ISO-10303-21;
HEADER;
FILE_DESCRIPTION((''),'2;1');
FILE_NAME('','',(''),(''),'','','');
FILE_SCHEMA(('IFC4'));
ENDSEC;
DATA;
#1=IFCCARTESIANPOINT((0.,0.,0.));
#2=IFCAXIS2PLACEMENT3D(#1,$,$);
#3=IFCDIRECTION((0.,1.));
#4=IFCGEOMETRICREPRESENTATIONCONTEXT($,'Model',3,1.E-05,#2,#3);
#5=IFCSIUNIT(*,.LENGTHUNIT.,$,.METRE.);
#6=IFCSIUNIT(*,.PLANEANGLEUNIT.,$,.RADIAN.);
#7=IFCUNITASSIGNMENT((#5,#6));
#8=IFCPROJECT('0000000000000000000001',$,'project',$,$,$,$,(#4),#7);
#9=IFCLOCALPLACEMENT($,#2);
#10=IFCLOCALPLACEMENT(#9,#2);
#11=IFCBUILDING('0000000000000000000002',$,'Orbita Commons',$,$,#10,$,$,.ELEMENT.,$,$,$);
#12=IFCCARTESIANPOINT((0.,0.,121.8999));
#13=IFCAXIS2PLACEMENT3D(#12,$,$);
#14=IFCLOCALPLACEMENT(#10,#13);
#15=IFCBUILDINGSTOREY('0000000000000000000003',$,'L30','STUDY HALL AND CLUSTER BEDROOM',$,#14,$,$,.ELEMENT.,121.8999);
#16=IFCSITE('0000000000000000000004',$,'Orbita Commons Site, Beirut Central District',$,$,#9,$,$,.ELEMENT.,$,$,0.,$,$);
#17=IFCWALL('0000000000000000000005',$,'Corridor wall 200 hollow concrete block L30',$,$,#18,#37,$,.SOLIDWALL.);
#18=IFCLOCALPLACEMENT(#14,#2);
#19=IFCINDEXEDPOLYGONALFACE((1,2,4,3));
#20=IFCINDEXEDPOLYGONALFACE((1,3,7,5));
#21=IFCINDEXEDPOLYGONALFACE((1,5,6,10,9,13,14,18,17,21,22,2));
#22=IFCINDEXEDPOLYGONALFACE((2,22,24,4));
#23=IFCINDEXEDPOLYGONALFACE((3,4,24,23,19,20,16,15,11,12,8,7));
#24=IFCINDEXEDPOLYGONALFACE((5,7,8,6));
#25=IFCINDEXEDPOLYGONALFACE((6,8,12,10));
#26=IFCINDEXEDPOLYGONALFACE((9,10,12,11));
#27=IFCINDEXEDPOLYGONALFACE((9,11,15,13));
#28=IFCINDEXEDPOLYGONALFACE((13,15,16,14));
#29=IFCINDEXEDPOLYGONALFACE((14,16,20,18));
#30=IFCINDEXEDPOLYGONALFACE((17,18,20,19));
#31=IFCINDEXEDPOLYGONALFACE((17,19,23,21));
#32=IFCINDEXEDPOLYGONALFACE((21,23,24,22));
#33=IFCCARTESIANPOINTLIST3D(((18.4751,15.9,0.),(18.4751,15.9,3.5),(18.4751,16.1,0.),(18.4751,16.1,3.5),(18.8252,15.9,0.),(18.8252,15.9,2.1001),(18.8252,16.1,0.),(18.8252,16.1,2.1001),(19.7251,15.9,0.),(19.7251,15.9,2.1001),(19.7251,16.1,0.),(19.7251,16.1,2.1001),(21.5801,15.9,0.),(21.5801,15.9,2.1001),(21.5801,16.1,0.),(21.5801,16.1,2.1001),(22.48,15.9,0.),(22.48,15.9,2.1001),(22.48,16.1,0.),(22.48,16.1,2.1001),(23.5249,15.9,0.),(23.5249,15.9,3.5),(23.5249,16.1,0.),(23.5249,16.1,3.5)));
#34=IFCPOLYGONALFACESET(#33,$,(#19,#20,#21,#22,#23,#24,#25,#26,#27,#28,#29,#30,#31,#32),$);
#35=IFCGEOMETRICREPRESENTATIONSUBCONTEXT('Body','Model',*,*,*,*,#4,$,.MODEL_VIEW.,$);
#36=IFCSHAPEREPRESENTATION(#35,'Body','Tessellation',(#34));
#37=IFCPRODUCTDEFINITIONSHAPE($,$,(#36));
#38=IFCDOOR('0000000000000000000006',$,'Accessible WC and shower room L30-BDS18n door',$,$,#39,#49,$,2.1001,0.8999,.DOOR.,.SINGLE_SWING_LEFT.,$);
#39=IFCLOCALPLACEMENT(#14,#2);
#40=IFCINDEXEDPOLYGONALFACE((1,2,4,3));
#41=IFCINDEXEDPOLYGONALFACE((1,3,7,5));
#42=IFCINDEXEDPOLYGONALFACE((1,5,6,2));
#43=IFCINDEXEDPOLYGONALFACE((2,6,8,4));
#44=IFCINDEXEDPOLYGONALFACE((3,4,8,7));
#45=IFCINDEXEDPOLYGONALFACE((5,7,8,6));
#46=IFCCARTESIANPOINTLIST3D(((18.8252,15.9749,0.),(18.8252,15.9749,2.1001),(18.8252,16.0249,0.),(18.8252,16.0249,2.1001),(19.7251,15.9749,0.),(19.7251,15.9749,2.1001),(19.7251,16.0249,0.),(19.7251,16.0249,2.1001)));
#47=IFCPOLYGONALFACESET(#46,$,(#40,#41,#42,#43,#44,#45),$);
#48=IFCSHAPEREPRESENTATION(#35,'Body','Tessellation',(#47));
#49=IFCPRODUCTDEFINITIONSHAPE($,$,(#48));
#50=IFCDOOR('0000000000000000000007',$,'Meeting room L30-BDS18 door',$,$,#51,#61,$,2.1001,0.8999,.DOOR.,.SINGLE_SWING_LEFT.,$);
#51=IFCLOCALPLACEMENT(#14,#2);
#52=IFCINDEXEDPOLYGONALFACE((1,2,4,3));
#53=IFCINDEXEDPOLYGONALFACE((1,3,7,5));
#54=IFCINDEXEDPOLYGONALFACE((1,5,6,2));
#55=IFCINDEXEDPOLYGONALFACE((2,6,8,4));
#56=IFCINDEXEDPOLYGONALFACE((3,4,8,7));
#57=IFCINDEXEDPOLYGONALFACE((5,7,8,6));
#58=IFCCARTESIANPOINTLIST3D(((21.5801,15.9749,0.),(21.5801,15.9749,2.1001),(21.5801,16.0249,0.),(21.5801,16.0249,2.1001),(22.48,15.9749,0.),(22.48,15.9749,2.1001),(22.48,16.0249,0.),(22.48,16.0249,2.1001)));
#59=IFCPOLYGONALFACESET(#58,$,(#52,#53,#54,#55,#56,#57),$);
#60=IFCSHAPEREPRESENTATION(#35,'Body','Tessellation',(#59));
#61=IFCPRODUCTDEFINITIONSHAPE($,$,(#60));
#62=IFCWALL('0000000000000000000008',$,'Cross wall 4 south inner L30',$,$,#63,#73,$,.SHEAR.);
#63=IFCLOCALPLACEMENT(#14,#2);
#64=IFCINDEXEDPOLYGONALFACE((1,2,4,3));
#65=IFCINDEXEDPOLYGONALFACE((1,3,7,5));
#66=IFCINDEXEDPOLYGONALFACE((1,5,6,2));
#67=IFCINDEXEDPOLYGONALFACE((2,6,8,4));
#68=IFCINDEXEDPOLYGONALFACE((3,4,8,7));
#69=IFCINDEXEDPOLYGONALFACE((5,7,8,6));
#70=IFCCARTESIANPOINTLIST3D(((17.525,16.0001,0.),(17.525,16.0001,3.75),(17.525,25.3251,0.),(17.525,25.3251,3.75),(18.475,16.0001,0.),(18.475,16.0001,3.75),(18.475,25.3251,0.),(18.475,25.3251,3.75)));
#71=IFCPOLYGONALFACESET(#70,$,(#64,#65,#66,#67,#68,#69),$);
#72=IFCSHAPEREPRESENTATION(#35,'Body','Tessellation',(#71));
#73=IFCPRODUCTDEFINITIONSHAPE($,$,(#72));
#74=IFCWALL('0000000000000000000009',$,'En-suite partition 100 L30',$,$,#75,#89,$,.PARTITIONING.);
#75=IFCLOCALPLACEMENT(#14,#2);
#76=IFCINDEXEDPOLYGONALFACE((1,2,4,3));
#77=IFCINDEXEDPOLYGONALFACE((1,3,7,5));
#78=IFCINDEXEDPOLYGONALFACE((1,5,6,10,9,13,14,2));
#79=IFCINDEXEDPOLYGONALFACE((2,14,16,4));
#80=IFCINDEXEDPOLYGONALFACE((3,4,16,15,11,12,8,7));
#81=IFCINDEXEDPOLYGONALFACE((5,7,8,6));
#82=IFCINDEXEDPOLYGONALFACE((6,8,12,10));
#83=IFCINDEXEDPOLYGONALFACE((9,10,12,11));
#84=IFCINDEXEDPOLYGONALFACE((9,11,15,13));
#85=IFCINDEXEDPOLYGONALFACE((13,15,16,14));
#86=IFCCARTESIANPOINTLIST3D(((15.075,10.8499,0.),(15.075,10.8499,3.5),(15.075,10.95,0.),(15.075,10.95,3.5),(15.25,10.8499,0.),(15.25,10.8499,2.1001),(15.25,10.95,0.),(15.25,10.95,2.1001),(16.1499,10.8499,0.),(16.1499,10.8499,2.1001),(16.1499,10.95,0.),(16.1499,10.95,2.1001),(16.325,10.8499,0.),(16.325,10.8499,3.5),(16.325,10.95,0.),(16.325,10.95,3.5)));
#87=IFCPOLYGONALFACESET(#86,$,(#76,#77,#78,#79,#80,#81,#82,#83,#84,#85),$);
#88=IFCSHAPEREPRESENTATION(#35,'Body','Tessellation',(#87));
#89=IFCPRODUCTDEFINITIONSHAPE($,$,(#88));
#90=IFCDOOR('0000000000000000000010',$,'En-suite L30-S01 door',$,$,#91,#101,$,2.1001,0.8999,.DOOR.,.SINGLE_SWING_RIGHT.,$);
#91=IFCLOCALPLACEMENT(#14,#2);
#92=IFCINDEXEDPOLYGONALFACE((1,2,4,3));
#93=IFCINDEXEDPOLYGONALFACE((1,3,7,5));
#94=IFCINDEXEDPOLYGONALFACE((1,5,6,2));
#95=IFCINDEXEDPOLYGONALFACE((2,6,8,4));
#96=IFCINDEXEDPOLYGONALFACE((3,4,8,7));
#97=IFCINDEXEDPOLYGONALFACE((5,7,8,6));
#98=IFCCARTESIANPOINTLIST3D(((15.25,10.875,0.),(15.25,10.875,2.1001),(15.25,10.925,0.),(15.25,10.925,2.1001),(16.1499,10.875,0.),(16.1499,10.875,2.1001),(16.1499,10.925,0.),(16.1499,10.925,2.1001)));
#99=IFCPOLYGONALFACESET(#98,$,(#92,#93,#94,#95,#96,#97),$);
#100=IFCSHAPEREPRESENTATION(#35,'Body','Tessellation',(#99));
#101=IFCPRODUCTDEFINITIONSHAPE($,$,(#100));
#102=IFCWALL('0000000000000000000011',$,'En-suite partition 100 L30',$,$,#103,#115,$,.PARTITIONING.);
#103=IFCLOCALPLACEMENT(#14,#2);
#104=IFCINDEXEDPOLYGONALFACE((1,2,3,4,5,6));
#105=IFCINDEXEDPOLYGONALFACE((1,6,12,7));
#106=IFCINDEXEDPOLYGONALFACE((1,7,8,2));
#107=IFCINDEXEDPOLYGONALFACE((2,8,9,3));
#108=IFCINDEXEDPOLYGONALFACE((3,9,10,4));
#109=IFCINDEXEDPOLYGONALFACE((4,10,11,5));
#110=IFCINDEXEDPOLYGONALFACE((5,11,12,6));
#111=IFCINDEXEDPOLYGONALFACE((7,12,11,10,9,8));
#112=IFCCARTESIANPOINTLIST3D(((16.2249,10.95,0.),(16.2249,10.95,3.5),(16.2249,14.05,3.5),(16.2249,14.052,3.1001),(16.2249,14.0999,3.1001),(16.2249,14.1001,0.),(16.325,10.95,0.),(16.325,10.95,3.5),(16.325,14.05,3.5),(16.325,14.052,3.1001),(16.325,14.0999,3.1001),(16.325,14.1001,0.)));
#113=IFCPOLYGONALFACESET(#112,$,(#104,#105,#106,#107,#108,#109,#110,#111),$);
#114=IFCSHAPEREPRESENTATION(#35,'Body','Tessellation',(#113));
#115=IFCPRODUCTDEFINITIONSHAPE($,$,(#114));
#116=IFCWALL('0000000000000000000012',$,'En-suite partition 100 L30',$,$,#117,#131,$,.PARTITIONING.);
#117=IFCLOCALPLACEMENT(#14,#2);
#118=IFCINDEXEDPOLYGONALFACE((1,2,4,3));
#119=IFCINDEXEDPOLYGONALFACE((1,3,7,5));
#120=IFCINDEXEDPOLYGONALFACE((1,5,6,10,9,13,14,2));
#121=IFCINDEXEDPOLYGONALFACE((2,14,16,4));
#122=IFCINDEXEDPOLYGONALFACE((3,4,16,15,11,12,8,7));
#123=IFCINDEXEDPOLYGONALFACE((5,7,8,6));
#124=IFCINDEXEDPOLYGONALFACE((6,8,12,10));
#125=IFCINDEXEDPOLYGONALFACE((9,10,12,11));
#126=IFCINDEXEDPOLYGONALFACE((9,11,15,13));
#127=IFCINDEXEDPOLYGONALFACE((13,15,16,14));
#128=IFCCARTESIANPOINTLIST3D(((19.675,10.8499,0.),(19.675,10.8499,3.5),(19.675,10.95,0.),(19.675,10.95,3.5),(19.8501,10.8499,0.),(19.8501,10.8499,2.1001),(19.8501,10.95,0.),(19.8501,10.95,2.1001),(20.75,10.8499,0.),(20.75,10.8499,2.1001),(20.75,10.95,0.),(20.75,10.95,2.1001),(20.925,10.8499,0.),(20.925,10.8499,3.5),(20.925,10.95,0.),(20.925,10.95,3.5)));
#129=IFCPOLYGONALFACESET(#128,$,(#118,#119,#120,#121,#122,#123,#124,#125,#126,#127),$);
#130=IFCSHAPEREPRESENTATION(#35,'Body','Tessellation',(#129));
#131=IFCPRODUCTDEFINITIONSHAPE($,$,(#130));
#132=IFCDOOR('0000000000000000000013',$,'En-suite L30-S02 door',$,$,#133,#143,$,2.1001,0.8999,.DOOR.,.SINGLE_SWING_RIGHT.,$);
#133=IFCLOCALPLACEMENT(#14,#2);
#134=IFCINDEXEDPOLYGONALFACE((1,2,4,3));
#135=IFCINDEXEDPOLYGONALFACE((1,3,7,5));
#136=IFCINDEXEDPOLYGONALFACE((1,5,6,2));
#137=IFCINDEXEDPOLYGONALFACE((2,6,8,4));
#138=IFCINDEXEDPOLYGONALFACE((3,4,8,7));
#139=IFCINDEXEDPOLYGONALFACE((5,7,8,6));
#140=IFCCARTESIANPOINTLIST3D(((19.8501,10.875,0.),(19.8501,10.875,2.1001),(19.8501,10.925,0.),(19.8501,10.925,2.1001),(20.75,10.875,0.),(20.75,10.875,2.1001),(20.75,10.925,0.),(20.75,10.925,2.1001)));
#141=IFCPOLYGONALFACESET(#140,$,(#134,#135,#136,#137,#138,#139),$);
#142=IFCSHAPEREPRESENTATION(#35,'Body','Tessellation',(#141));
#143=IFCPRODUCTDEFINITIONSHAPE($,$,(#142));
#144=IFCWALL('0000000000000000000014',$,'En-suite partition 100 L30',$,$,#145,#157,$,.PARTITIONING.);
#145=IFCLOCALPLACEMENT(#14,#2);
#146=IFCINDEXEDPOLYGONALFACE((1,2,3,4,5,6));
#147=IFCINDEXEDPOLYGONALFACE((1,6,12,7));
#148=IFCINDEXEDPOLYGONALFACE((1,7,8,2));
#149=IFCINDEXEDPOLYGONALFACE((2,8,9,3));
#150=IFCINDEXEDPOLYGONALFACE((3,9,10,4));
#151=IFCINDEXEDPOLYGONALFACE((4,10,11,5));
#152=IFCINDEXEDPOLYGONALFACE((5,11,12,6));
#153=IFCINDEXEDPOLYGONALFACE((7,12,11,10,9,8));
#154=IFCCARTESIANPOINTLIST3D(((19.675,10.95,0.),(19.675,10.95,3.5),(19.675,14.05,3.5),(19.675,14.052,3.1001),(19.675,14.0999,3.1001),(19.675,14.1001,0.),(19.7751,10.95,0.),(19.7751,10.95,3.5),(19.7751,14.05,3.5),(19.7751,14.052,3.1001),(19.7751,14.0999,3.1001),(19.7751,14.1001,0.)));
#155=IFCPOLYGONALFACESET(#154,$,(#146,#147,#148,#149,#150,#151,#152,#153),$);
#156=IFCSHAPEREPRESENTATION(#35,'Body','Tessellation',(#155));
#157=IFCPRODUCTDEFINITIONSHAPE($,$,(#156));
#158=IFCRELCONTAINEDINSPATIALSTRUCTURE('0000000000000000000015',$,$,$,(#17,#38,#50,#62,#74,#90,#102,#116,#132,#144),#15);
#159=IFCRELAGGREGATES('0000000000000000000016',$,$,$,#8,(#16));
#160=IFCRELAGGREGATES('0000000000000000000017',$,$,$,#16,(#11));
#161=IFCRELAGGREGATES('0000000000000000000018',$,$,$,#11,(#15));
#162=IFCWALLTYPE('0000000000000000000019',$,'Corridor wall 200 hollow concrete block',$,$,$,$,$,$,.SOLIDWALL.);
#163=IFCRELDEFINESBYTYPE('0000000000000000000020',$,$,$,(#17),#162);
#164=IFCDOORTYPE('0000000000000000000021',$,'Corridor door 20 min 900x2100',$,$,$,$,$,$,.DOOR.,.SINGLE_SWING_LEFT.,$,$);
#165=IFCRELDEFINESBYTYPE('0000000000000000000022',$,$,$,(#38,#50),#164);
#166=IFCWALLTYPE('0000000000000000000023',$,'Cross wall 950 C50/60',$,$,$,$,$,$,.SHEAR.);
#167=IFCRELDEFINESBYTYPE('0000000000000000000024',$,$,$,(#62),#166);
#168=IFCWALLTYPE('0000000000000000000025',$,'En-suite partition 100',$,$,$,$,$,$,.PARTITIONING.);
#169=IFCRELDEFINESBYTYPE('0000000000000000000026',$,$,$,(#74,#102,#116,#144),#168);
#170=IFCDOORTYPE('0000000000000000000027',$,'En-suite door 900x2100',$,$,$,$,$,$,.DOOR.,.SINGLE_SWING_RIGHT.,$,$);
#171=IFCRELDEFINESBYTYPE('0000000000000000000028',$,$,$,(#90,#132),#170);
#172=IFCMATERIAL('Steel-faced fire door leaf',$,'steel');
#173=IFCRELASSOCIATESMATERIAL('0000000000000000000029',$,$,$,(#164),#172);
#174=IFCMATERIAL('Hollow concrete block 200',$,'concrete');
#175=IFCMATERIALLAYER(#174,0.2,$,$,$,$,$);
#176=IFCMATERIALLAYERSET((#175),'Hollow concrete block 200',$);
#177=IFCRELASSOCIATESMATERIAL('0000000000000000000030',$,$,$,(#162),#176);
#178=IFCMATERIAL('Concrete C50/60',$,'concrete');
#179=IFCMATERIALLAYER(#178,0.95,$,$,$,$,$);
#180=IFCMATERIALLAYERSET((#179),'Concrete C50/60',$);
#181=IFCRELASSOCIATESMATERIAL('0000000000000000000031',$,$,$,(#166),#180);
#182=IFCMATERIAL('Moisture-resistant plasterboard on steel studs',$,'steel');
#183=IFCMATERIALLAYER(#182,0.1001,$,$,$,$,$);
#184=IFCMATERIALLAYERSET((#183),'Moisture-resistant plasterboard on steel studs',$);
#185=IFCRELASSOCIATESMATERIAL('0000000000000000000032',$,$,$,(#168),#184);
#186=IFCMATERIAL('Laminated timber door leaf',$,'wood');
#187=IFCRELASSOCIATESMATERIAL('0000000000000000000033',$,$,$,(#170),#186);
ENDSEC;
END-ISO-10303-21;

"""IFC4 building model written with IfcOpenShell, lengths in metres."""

from ifc_helpers import new_model, si_unit, direction, frame, frame_2d, origin, place, context, subcontext, project, spatial, polyline, rectangle, outline, extrude, material, layer, layer_set, type_object, element, fill, save


model = new_model("IFC4")

# Units and contexts
model_context = context("Model", 3, precision=1e-05, world=origin(), true_north=direction((0.0, 1.0)))
body_context = subcontext(model_context, "Body", "Model", "MODEL_VIEW")
ifc_project = project(units=[si_unit("LENGTHUNIT", "METRE"), si_unit("PLANEANGLEUNIT", "RADIAN")], contexts=[model_context])

# Site, building, storey
site_placement = place(None, origin())
site = spatial("IfcSite", under=ifc_project, at=site_placement, Name="Orbita Commons Site, Beirut Central District", CompositionType="ELEMENT", RefElevation=0.0)
building_placement = place(site_placement, origin())
building = spatial("IfcBuilding", under=site, at=building_placement, Name="Orbita Commons", CompositionType="ELEMENT")
storey_placement = place(building_placement, frame((0.0, 0.0, 121.8999)))
storey = spatial("IfcBuildingStorey", under=building, at=storey_placement, Name="L30", Description="STUDY HALL AND CLUSTER BEDROOM", CompositionType="ELEMENT", Elevation=121.8999)

# Wall, openings, doors
ifc_material_1 = material(Name="Steel-faced fire door leaf", Category="steel")
door_type_1 = type_object("IfcDoorType", Name="Corridor door 20 min 900x2100", OperationType="SINGLE_SWING_LEFT", PredefinedType="DOOR", material=ifc_material_1)
ifc_material_2 = material(Name="Hollow concrete block 200", Category="concrete")
ifc_layer_1 = layer(ifc_material_2, 0.2)
ifc_layer_set_1 = layer_set([ifc_layer_1], Name="Hollow concrete block 200")
wall_type_1 = type_object("IfcWallType", Name="Corridor wall 200 hollow concrete block", PredefinedType="SOLIDWALL", material=ifc_layer_set_1)
wall_1_placement = place(storey_placement, frame((18.4751, 16.0, 0.0), z_axis=(0.0, 0.0, 1.0), x_axis=(1.0, 0.0, 0.0)))
wall_1 = element("IfcWall", 1, at=wall_1_placement, inside=storey, type_object=wall_type_1, Name="Corridor wall 200 hollow concrete block L30", PredefinedType="SOLIDWALL", context=body_context, shape_type="SweptSolid", body=[
    extrude(rectangle(XDim=5.0498, YDim=0.2, at=frame_2d((2.5249, 0.0))), origin(), (0.0, 0.0, 1.0), 3.5),
])
opening_1_placement = place(wall_1_placement, frame((0.3501, 0.0, 0.0)))
opening_1 = element("IfcOpeningElement", 2, at=opening_1_placement, cuts=wall_1, PredefinedType="OPENING", context=body_context, shape_type="SweptSolid", body=[
    extrude(rectangle(XDim=0.8999, YDim=2.1001, at=frame_2d((0.45, 1.05))), frame((0.0, 0.1099, 0.0), z_axis=(0.0, -1.0, 0.0), x_axis=(1.0, 0.0, 0.0)), (0.0, 0.0, 1.0), 0.22),
])
opening_2_placement = place(wall_1_placement, frame((3.105, 0.0, 0.0)))
opening_2 = element("IfcOpeningElement", 3, at=opening_2_placement, cuts=wall_1, PredefinedType="OPENING", context=body_context, shape_type="SweptSolid", body=[
    extrude(rectangle(XDim=0.8999, YDim=2.1001, at=frame_2d((0.45, 1.05))), frame((0.0, 0.1099, 0.0), z_axis=(0.0, -1.0, 0.0), x_axis=(1.0, 0.0, 0.0)), (0.0, 0.0, 1.0), 0.22),
])
door_1_placement = place(opening_1_placement, origin())
door_1 = element("IfcDoor", 4, at=door_1_placement, inside=storey, type_object=door_type_1, Name="Accessible WC and shower room L30-BDS18n door", OperationType="SINGLE_SWING_LEFT", OverallHeight=2.1001, OverallWidth=0.8999, PredefinedType="DOOR", context=body_context, shape_type="SweptSolid", body=[
    extrude(rectangle(XDim=0.8999, YDim=2.1001, at=frame_2d((0.45, 1.05))), frame((0.0, 0.0249, 0.0), z_axis=(0.0, -1.0, 0.0), x_axis=(1.0, 0.0, 0.0)), (0.0, 0.0, 1.0), 0.05),
])
fill(opening_1, door_1)
door_2_placement = place(opening_2_placement, origin())
door_2 = element("IfcDoor", 5, at=door_2_placement, inside=storey, type_object=door_type_1, Name="Meeting room L30-BDS18 door", OperationType="SINGLE_SWING_LEFT", OverallHeight=2.1001, OverallWidth=0.8999, PredefinedType="DOOR", context=body_context, shape_type="SweptSolid", body=[
    extrude(rectangle(XDim=0.8999, YDim=2.1001, at=frame_2d((0.45, 1.05))), frame((0.0, 0.0249, 0.0), z_axis=(0.0, -1.0, 0.0), x_axis=(1.0, 0.0, 0.0)), (0.0, 0.0, 1.0), 0.05),
])
fill(opening_2, door_2)

# Wall
ifc_material_3 = material(Name="Concrete C50/60", Category="concrete")
ifc_layer_2 = layer(ifc_material_3, 0.95)
ifc_layer_set_2 = layer_set([ifc_layer_2], Name="Concrete C50/60")
wall_type_2 = type_object("IfcWallType", Name="Cross wall 950 C50/60", PredefinedType="SHEAR", material=ifc_layer_set_2)
wall_2_placement = place(storey_placement, frame((18.0, 16.0, 0.0), z_axis=(0.0, 0.0, 1.0), x_axis=(0.0, 1.0, 0.0)))
element("IfcWall", 6, at=wall_2_placement, inside=storey, type_object=wall_type_2, Name="Cross wall 4 south inner L30", PredefinedType="SHEAR", context=body_context, shape_type="SweptSolid", body=[
    extrude(rectangle(XDim=9.325, YDim=0.95, at=frame_2d((4.6626, 0.0))), origin(), (0.0, 0.0, 1.0), 3.75),
])

# Wall, opening, door
ifc_material_4 = material(Name="Moisture-resistant plasterboard on steel studs", Category="steel")
ifc_layer_3 = layer(ifc_material_4, 0.1001)
ifc_layer_set_3 = layer_set([ifc_layer_3], Name="Moisture-resistant plasterboard on steel studs")
wall_type_3 = type_object("IfcWallType", Name="En-suite partition 100", PredefinedType="PARTITIONING", material=ifc_layer_set_3)
wall_3_placement = place(storey_placement, frame((16.325, 10.8999, 0.0), z_axis=(0.0, 0.0, 1.0), x_axis=(-1.0, 0.0, 0.0)))
wall_3 = element("IfcWall", 7, at=wall_3_placement, inside=storey, type_object=wall_type_3, Name="En-suite partition 100 L30", PredefinedType="PARTITIONING", context=body_context, shape_type="SweptSolid", body=[
    extrude(rectangle(XDim=1.25, YDim=0.1001, at=frame_2d((0.625, 0.0))), origin(), (0.0, 0.0, 1.0), 3.5),
])
opening_3_placement = place(wall_3_placement, frame((0.175, 0.0, 0.0)))
opening_3 = element("IfcOpeningElement", 8, at=opening_3_placement, cuts=wall_3, PredefinedType="OPENING", context=body_context, shape_type="SweptSolid", body=[
    extrude(rectangle(XDim=0.8999, YDim=2.1001, at=frame_2d((0.45, 1.05))), frame((0.0, 0.0601, 0.0), z_axis=(0.0, -1.0, 0.0), x_axis=(1.0, 0.0, 0.0)), (0.0, 0.0, 1.0), 0.1201),
])
ifc_material_5 = material(Name="Laminated timber door leaf", Category="wood")
door_type_2 = type_object("IfcDoorType", Name="En-suite door 900x2100", OperationType="SINGLE_SWING_RIGHT", PredefinedType="DOOR", material=ifc_material_5)
door_3_placement = place(opening_3_placement, origin())
door_3 = element("IfcDoor", 9, at=door_3_placement, inside=storey, type_object=door_type_2, Name="En-suite L30-S01 door", OperationType="SINGLE_SWING_RIGHT", OverallHeight=2.1001, OverallWidth=0.8999, PredefinedType="DOOR", context=body_context, shape_type="SweptSolid", body=[
    extrude(rectangle(XDim=0.8999, YDim=2.1001, at=frame_2d((0.45, 1.05))), frame((0.0, 0.0249, 0.0), z_axis=(0.0, -1.0, 0.0), x_axis=(1.0, 0.0, 0.0)), (0.0, 0.0, 1.0), 0.05),
])
fill(opening_3, door_3)

# Wall
wall_4_placement = place(storey_placement, frame((16.2749, 10.95, 0.0), z_axis=(0.0, 0.0, 1.0), x_axis=(0.0, 1.0, 0.0)))
element("IfcWall", 10, at=wall_4_placement, inside=storey, type_object=wall_type_3, Name="En-suite partition 100 L30", PredefinedType="PARTITIONING", context=body_context, shape_type="SweptSolid", body=[
    extrude(outline(polyline([(0.0, 0.0), (3.1501, 0.0), (3.1499, 3.1001), (3.1021, 3.1001), (3.1001, 3.5), (0.0, 3.5), (0.0, 0.0)])), frame((0.0, 0.05, 0.0), z_axis=(0.0, -1.0, 0.0), x_axis=(1.0, 0.0, 0.0)), (0.0, 0.0, 1.0), 0.1001),
])

# Wall, opening, door
wall_5_placement = place(storey_placement, frame((20.925, 10.8999, 0.0), z_axis=(0.0, 0.0, 1.0), x_axis=(-1.0, 0.0, 0.0)))
wall_5 = element("IfcWall", 11, at=wall_5_placement, inside=storey, type_object=wall_type_3, Name="En-suite partition 100 L30", PredefinedType="PARTITIONING", context=body_context, shape_type="SweptSolid", body=[
    extrude(rectangle(XDim=1.25, YDim=0.1001, at=frame_2d((0.625, 0.0))), origin(), (0.0, 0.0, 1.0), 3.5),
])
opening_4_placement = place(wall_5_placement, frame((0.175, 0.0, 0.0)))
opening_4 = element("IfcOpeningElement", 12, at=opening_4_placement, cuts=wall_5, PredefinedType="OPENING", context=body_context, shape_type="SweptSolid", body=[
    extrude(rectangle(XDim=0.8999, YDim=2.1001, at=frame_2d((0.45, 1.05))), frame((0.0, 0.0601, 0.0), z_axis=(0.0, -1.0, 0.0), x_axis=(1.0, 0.0, 0.0)), (0.0, 0.0, 1.0), 0.1201),
])
door_4_placement = place(opening_4_placement, origin())
door_4 = element("IfcDoor", 13, at=door_4_placement, inside=storey, type_object=door_type_2, Name="En-suite L30-S02 door", OperationType="SINGLE_SWING_RIGHT", OverallHeight=2.1001, OverallWidth=0.8999, PredefinedType="DOOR", context=body_context, shape_type="SweptSolid", body=[
    extrude(rectangle(XDim=0.8999, YDim=2.1001, at=frame_2d((0.45, 1.05))), frame((0.0, 0.0249, 0.0), z_axis=(0.0, -1.0, 0.0), x_axis=(1.0, 0.0, 0.0)), (0.0, 0.0, 1.0), 0.05),
])
fill(opening_4, door_4)

# Wall
wall_6_placement = place(storey_placement, frame((19.7251, 10.95, 0.0), z_axis=(0.0, 0.0, 1.0), x_axis=(0.0, 1.0, 0.0)))
element("IfcWall", 14, at=wall_6_placement, inside=storey, type_object=wall_type_3, Name="En-suite partition 100 L30", PredefinedType="PARTITIONING", context=body_context, shape_type="SweptSolid", body=[
    extrude(outline(polyline([(0.0, 0.0), (3.1501, 0.0), (3.1499, 3.1001), (3.1021, 3.1001), (3.1001, 3.5), (0.0, 3.5), (0.0, 0.0)])), frame((0.0, 0.05, 0.0), z_axis=(0.0, -1.0, 0.0), x_axis=(1.0, 0.0, 0.0)), (0.0, 0.0, 1.0), 0.1001),
])

save(model, "model.ifc")
